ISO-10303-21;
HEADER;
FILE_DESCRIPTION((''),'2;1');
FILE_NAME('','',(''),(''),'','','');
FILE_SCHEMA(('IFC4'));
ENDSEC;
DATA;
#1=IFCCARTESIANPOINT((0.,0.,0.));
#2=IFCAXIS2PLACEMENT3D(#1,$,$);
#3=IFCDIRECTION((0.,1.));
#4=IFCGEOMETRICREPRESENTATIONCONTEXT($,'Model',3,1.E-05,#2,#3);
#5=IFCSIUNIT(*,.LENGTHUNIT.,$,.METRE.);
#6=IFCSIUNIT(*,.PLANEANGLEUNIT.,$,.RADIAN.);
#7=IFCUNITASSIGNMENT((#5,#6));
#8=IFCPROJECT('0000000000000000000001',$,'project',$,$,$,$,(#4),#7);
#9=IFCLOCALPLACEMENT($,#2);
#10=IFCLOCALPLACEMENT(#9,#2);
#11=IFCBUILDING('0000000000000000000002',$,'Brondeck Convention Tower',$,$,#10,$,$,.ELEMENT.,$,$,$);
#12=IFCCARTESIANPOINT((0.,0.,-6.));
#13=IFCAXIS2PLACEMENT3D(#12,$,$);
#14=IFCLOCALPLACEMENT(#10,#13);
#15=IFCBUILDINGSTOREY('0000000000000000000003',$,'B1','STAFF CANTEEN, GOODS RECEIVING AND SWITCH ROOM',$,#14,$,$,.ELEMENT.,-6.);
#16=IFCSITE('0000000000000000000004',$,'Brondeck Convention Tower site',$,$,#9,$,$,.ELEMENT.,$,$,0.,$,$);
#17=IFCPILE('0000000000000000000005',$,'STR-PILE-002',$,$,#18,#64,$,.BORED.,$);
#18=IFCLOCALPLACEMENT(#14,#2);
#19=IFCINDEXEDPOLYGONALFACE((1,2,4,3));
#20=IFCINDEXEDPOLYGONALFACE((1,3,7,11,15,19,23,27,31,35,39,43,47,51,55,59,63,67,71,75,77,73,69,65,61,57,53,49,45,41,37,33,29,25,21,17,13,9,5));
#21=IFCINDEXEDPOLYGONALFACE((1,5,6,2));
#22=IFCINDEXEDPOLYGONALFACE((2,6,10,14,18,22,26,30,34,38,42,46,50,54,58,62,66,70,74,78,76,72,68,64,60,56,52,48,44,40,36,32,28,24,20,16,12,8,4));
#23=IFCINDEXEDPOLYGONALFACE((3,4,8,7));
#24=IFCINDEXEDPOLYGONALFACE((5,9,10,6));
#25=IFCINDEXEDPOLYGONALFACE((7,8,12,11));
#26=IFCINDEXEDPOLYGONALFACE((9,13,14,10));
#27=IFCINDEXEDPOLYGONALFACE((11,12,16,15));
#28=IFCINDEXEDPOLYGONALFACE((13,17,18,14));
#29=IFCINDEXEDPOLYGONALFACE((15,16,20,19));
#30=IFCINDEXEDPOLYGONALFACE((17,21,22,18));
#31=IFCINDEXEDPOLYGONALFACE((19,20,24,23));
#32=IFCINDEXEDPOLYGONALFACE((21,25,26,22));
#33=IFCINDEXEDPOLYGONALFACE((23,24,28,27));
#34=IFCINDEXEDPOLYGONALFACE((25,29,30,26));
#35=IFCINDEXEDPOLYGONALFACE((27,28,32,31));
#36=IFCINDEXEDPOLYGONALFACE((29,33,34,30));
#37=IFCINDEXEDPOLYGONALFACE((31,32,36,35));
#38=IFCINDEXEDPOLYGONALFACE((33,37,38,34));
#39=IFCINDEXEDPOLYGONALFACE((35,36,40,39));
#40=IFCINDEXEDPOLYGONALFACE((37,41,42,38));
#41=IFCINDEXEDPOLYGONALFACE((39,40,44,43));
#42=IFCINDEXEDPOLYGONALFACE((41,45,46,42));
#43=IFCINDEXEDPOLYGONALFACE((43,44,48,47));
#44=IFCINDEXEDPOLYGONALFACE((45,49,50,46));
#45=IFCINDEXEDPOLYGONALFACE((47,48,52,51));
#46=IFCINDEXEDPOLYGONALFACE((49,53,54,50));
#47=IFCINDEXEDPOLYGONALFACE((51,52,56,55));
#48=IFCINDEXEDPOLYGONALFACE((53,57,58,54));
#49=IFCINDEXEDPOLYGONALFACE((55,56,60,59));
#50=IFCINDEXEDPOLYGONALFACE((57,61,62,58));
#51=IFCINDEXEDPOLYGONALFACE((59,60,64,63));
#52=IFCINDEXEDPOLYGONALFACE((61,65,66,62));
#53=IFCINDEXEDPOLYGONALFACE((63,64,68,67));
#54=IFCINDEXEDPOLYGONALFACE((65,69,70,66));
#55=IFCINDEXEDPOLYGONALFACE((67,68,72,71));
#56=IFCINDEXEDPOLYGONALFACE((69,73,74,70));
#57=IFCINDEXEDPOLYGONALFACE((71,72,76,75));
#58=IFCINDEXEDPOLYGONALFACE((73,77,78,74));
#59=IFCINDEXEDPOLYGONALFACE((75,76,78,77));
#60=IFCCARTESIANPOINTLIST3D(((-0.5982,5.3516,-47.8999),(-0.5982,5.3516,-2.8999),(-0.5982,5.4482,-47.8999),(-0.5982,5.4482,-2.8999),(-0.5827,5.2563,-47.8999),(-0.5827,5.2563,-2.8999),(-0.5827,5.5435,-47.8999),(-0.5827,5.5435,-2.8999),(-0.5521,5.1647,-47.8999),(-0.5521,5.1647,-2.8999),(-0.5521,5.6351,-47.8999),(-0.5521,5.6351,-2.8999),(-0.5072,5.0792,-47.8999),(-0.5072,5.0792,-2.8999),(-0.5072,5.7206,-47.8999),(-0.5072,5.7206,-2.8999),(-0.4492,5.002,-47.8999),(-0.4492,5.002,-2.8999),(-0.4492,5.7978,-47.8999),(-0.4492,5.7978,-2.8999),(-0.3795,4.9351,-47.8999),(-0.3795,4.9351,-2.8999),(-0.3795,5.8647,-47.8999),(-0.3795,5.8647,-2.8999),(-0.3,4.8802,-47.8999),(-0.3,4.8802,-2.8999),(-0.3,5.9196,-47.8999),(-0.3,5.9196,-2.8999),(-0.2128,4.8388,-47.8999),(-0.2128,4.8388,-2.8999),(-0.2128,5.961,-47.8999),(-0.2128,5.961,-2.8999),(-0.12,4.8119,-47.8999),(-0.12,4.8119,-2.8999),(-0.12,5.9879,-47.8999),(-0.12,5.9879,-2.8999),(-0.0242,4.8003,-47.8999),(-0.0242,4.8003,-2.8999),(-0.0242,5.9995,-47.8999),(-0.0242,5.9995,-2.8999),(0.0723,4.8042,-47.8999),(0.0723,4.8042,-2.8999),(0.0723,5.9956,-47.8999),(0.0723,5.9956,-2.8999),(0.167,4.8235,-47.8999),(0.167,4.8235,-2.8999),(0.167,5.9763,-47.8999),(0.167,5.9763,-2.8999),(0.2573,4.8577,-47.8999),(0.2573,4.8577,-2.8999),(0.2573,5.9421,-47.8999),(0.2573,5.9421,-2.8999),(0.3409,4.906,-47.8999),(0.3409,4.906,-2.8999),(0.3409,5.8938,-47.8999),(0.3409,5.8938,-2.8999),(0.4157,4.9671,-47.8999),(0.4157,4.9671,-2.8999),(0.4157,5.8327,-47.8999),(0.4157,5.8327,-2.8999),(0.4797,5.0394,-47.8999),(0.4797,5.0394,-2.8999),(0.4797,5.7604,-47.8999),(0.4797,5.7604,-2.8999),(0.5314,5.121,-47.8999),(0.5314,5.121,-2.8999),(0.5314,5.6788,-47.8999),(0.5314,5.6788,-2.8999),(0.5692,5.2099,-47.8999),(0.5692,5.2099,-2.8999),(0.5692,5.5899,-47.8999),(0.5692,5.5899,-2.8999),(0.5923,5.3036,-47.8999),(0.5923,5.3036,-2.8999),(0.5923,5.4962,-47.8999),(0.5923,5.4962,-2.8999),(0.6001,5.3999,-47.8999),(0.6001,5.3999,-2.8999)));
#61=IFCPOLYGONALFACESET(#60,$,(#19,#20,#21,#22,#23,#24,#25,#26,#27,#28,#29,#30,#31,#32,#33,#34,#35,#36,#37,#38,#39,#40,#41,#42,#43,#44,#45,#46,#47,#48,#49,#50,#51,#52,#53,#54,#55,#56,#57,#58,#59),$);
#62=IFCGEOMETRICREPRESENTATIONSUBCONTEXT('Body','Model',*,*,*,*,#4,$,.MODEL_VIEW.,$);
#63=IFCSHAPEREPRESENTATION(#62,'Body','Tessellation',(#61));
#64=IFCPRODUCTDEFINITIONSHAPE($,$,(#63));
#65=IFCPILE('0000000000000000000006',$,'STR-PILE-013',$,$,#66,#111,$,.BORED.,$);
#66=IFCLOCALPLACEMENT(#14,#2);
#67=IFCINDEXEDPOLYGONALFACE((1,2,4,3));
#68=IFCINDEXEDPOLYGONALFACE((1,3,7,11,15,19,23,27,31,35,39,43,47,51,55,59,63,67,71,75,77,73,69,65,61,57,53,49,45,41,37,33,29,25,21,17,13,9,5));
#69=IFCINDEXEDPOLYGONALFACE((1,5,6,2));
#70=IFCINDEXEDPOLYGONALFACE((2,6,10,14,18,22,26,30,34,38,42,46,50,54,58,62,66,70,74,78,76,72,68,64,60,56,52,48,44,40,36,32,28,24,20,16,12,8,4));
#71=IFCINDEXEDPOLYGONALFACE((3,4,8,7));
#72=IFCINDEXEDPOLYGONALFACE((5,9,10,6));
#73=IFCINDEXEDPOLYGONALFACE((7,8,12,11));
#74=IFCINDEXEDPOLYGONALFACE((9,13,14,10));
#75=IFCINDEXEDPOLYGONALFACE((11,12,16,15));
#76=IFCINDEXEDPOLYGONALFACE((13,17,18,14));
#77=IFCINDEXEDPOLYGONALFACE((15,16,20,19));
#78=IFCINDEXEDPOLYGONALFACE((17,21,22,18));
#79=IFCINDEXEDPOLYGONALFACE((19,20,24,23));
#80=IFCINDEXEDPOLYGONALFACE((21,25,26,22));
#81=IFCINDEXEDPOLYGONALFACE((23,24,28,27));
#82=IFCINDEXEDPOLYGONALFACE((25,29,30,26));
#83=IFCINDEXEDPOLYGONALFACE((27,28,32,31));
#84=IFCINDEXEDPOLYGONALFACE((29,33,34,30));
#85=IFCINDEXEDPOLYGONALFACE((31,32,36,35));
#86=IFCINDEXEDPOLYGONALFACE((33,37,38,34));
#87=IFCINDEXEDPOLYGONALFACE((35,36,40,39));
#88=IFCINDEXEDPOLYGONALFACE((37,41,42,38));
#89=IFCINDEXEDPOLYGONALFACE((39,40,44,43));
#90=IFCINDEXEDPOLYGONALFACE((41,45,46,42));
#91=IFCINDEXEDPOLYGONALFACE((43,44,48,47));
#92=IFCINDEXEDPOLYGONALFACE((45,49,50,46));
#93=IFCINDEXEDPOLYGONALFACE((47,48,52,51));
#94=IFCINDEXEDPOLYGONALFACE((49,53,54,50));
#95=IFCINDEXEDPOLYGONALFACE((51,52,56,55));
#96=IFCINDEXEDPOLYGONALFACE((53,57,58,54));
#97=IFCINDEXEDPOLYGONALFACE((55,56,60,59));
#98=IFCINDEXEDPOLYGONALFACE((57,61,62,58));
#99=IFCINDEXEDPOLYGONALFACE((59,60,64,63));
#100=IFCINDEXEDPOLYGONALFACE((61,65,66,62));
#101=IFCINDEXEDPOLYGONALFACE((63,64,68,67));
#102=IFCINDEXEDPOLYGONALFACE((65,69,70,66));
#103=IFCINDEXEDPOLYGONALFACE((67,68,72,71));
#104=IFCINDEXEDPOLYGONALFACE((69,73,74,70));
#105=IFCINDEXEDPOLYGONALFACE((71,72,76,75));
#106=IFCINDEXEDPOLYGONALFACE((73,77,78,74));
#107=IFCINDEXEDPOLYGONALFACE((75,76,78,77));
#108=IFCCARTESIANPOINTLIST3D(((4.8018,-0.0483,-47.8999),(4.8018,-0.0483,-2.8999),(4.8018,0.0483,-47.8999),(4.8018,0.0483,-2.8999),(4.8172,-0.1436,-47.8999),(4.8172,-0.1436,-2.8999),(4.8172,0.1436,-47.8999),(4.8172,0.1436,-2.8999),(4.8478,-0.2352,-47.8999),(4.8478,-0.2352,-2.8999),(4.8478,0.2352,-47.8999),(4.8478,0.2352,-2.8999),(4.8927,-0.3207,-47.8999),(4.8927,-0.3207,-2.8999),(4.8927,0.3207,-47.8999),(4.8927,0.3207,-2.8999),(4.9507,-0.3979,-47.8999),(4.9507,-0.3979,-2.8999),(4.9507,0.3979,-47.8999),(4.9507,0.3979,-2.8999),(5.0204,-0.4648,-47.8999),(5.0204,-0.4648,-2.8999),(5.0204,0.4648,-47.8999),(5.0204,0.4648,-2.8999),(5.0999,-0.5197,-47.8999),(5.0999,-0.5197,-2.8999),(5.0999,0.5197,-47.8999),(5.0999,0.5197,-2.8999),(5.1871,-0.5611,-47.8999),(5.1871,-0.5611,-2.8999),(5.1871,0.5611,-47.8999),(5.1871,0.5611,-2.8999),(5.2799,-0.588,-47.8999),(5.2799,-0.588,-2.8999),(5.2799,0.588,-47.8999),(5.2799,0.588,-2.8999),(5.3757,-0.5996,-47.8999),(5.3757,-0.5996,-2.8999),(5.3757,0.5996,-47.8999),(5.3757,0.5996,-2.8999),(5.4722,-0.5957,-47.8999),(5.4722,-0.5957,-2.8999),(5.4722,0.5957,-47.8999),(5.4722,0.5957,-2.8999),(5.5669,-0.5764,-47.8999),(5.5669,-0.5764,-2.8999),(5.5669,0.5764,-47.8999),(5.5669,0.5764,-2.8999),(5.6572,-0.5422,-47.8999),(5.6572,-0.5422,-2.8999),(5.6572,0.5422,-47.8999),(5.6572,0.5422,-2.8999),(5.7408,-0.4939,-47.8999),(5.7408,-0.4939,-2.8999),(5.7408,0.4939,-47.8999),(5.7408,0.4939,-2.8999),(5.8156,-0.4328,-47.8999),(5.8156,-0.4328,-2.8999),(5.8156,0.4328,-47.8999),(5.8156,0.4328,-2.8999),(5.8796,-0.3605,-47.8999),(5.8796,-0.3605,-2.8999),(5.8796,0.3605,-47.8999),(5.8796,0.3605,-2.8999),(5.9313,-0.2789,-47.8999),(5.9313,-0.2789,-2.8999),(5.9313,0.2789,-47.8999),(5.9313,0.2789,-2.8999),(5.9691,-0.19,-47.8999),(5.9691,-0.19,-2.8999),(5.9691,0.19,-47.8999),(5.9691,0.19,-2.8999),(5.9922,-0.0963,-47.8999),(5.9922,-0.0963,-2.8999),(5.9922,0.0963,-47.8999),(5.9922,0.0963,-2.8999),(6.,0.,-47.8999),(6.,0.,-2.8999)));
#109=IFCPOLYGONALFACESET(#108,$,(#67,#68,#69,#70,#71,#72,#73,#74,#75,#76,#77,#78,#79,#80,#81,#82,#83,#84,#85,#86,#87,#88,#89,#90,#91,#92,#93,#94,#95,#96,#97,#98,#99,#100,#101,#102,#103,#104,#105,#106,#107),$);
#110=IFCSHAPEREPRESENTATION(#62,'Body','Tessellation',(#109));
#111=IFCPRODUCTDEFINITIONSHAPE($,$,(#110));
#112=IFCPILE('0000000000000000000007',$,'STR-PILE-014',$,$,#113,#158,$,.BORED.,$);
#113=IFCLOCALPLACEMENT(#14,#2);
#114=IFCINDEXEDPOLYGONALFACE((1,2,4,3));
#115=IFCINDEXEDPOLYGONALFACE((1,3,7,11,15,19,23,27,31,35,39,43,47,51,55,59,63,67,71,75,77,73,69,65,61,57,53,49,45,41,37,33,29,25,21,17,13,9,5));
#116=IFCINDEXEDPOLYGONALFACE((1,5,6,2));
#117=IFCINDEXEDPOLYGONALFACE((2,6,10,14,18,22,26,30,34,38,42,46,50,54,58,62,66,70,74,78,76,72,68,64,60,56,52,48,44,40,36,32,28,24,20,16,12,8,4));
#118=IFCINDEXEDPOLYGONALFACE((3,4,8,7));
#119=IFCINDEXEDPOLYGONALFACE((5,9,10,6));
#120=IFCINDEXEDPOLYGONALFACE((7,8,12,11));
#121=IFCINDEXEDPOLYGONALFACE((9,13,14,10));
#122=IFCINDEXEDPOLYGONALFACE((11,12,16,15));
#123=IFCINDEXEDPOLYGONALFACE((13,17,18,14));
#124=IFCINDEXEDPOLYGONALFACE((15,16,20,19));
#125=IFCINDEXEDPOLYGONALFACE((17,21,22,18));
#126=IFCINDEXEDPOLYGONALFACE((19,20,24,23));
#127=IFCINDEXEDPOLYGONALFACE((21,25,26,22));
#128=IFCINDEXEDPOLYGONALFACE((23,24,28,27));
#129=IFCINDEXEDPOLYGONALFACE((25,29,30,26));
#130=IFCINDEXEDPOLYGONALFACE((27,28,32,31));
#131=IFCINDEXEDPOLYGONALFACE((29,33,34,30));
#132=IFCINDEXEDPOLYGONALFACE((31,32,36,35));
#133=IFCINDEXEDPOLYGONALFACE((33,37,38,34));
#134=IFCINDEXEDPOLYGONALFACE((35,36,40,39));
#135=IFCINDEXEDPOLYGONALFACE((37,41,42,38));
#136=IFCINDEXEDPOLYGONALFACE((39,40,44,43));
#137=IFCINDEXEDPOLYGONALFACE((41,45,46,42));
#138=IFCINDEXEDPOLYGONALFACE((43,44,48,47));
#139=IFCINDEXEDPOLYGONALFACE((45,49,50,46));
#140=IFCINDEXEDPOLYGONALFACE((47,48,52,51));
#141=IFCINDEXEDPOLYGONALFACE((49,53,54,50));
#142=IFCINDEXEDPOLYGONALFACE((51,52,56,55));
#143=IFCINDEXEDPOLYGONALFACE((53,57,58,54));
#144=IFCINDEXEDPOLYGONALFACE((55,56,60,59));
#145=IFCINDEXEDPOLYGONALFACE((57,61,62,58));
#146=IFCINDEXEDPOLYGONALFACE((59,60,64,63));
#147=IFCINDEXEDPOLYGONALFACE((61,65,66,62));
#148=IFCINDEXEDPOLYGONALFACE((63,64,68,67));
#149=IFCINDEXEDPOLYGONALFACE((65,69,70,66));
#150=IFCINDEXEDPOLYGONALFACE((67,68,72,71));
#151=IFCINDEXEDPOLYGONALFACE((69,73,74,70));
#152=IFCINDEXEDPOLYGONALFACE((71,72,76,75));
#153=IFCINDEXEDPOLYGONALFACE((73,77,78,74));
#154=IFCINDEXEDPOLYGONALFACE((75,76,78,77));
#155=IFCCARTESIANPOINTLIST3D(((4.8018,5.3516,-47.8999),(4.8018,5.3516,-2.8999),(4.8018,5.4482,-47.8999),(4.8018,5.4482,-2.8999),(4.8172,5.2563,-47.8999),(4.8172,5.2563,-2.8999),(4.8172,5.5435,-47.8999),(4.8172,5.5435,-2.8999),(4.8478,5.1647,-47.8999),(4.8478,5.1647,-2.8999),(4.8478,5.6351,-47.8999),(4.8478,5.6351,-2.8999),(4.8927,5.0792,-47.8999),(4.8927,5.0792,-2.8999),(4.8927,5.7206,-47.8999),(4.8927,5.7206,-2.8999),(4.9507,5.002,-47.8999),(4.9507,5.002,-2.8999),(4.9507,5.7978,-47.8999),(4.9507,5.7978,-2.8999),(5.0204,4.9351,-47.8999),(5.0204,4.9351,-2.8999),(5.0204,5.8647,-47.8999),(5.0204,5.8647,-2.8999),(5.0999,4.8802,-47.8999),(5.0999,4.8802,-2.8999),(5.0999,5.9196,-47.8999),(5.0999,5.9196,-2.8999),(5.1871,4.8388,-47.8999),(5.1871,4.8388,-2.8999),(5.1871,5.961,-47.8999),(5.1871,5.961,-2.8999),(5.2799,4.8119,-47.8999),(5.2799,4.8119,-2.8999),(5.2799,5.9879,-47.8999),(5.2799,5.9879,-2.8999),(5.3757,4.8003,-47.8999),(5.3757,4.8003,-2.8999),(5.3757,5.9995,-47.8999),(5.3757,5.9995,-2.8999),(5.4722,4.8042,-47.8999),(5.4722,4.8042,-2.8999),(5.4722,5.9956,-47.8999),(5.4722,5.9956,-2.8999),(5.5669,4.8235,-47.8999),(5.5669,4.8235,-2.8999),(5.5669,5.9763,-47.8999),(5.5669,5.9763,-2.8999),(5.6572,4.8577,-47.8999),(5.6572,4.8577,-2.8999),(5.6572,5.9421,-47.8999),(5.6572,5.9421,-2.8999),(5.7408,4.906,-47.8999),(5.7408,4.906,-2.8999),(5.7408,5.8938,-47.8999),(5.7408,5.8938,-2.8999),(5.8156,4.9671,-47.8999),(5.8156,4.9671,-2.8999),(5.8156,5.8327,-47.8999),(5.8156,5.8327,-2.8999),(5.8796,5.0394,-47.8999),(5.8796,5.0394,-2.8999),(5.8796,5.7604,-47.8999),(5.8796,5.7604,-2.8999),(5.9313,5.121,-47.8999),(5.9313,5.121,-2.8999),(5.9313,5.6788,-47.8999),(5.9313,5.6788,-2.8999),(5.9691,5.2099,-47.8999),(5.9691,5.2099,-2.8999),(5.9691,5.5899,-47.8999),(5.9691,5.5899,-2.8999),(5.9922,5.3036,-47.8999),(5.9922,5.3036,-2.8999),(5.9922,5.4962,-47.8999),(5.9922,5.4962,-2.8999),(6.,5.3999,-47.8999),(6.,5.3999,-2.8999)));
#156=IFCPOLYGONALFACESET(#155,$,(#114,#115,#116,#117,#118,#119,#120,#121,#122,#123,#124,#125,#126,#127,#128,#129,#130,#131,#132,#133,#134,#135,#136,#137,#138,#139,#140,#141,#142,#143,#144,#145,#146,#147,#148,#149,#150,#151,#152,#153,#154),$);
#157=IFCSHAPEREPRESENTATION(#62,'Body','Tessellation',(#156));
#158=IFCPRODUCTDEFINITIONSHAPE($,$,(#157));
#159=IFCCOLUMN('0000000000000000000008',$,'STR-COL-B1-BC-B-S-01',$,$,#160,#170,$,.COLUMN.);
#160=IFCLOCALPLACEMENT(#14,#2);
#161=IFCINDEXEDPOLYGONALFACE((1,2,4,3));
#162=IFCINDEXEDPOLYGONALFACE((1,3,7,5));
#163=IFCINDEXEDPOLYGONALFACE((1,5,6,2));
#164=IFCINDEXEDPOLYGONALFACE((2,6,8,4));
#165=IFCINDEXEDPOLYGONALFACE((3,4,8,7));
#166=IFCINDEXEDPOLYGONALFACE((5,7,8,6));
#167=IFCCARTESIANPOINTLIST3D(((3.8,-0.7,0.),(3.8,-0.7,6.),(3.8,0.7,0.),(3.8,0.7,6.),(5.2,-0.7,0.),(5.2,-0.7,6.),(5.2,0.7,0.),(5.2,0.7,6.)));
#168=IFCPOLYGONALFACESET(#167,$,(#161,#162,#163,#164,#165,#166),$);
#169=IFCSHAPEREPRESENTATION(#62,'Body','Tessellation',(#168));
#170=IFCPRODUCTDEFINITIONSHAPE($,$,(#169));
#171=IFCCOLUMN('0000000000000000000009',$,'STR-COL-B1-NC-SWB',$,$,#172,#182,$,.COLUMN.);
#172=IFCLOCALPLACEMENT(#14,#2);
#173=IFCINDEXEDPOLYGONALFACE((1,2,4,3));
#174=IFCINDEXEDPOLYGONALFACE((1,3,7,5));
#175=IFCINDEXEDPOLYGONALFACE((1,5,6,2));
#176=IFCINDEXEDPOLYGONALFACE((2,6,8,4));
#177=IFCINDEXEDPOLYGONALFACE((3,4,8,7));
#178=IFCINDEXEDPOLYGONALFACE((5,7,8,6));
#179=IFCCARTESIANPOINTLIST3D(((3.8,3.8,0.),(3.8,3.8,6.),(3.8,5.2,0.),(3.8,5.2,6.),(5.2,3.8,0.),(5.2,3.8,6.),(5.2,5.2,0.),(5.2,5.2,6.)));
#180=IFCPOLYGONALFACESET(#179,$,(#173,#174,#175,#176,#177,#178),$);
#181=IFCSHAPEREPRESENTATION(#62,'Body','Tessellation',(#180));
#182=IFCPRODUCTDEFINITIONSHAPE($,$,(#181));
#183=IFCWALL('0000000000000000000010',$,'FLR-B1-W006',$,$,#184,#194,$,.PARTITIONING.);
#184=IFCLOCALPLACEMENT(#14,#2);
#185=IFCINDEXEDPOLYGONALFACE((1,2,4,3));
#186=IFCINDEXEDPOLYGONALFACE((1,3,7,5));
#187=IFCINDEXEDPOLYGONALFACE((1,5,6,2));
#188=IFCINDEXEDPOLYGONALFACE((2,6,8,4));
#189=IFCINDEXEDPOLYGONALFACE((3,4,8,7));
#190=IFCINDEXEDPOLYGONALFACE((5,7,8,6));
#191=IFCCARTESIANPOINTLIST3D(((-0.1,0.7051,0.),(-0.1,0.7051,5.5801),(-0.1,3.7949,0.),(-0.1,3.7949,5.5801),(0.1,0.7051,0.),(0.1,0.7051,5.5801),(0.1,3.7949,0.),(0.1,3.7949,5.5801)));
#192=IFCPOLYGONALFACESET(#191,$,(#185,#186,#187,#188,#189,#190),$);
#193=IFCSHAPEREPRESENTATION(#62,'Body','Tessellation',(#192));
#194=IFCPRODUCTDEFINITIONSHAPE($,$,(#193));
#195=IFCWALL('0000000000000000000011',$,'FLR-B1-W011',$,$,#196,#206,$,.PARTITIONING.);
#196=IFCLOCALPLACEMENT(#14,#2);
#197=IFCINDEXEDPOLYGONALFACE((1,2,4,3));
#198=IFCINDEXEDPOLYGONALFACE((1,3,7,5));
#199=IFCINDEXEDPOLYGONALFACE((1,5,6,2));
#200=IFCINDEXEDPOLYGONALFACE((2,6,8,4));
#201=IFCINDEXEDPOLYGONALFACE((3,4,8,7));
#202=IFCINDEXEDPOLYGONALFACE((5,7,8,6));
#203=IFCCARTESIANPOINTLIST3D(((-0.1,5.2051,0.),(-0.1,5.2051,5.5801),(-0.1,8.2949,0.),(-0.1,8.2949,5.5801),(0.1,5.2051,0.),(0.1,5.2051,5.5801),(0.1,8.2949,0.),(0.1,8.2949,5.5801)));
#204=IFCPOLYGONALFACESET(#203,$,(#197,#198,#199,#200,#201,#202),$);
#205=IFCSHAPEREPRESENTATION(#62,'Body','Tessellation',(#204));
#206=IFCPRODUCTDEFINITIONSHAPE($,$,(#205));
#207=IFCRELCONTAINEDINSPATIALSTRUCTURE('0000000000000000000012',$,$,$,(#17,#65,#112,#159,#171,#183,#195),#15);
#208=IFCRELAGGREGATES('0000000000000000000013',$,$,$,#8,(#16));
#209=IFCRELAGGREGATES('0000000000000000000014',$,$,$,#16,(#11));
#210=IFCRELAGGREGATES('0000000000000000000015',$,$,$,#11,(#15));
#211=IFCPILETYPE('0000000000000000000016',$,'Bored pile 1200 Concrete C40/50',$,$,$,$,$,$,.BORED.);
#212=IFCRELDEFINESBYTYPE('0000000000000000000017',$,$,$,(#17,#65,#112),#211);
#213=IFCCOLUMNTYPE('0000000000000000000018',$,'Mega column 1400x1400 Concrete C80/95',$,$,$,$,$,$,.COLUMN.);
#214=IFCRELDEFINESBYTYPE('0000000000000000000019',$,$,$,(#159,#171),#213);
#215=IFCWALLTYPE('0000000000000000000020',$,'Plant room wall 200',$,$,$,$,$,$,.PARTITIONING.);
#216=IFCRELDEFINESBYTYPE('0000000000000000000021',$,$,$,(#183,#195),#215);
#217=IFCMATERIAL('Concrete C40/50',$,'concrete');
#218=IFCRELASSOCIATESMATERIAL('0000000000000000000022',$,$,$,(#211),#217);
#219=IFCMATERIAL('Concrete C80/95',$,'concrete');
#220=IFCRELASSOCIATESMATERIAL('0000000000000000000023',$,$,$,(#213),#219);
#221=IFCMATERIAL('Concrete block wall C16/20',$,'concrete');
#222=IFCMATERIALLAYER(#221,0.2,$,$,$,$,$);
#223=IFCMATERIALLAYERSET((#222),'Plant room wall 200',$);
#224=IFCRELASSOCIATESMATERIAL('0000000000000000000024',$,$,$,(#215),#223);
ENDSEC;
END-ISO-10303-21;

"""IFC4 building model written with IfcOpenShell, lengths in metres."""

from ifc_helpers import new_model, si_unit, direction, frame, frame_2d, origin, origin_2d, place, context, subcontext, project, spatial, rectangle, circle, extrude, material, layer, layer_set, material_profile, profile_set, type_object, element, save


model = new_model("IFC4")

# Units and contexts
model_context = context("Model", 3, precision=1e-05, world=origin(), true_north=direction((0.0, 1.0)))
body_context = subcontext(model_context, "Body", "Model", "MODEL_VIEW")
ifc_project = project(units=[si_unit("LENGTHUNIT", "METRE"), si_unit("PLANEANGLEUNIT", "RADIAN")], contexts=[model_context])

# Site, building, storey
site_placement = place(None, origin())
site = spatial("IfcSite", under=ifc_project, at=site_placement, Name="Brondeck Convention Tower site", CompositionType="ELEMENT", RefElevation=0.0)
building_placement = place(site_placement, origin())
building = spatial("IfcBuilding", under=site, at=building_placement, Name="Brondeck Convention Tower", CompositionType="ELEMENT")
storey_placement = place(building_placement, frame((0.0, 0.0, -6.0)))
storey = spatial("IfcBuildingStorey", under=building, at=storey_placement, Name="B1", Description="STAFF CANTEEN, GOODS RECEIVING AND SWITCH ROOM", CompositionType="ELEMENT", Elevation=-6.0)

# Piles
ifc_material_1 = material(Name="Concrete C40/50", Category="concrete")
ifc_material_profile_1 = material_profile(ifc_material_1, circle(Radius=0.6001, at=origin_2d()), Name="Bored pile 1200 Concrete C40/50")
ifc_profile_set_1 = profile_set([ifc_material_profile_1], Name="Concrete C40/50")
pile_type = type_object("IfcPileType", Name="Bored pile 1200 Concrete C40/50", PredefinedType="BORED", material=ifc_profile_set_1)
for number, where, z_axis, x_axis, name in (
    (1, (0.0, 5.3999, -2.8999), (0.0, 0.0, -1.0), (1.0, 0.0, 0.0), "STR-PILE-002"),
    (2, (5.3999, 0.0, -2.8999), (0.0, 0.0, -1.0), (1.0, 0.0, 0.0), "STR-PILE-013"),
    (3, (5.3999, 5.3999, -2.8999), (0.0, 0.0, -1.0), (1.0, 0.0, 0.0), "STR-PILE-014"),
):
    element("IfcPile", number, at=place(storey_placement, frame(where, z_axis=z_axis, x_axis=x_axis)), inside=storey, type_object=pile_type, Name=name, PredefinedType="BORED", context=body_context, shape_type="SweptSolid", body=[
        extrude(circle(Radius=0.6001, at=origin_2d()), origin(), (0.0, 0.0, 1.0), 45.0),
    ])

# Columns
ifc_material_2 = material(Name="Concrete C80/95", Category="concrete")
ifc_material_profile_2 = material_profile(ifc_material_2, rectangle(XDim=1.3999, YDim=1.3999, at=origin_2d()), Name="Mega column 1400x1400 Concrete C80/95")
ifc_profile_set_2 = profile_set([ifc_material_profile_2], Name="Concrete C80/95")
column_type = type_object("IfcColumnType", Name="Mega column 1400x1400 Concrete C80/95", PredefinedType="COLUMN", material=ifc_profile_set_2)
for number, where, z_axis, x_axis, name in (
    (4, (4.5, 0.0, 0.0), (0.0, 0.0, 1.0), (1.0, 0.0, 0.0), "STR-COL-B1-BC-B-S-01"),
    (5, (4.5, 4.5, 0.0), (0.0, 0.0, 1.0), (1.0, 0.0, 0.0), "STR-COL-B1-NC-SWB"),
):
    element("IfcColumn", number, at=place(storey_placement, frame(where, z_axis=z_axis, x_axis=x_axis)), inside=storey, type_object=column_type, Name=name, PredefinedType="COLUMN", context=body_context, shape_type="SweptSolid", body=[
        extrude(rectangle(XDim=1.3999, YDim=1.3999, at=origin_2d()), origin(), (0.0, 0.0, 1.0), 6.0),
    ])

# Walls
ifc_material_3 = material(Name="Concrete block wall C16/20", Category="concrete")
ifc_layer_1 = layer(ifc_material_3, 0.2)
ifc_layer_set_1 = layer_set([ifc_layer_1], Name="Plant room wall 200")
wall_type_1 = type_object("IfcWallType", Name="Plant room wall 200", PredefinedType="PARTITIONING", material=ifc_layer_set_1)
for number, where, z_axis, x_axis, name in (
    (6, (0.0, 0.7051, 0.0), (0.0, 0.0, 1.0), (0.0, 1.0, 0.0), "FLR-B1-W006"),
    (7, (0.0, 5.2051, 0.0), (0.0, 0.0, 1.0), (0.0, 1.0, 0.0), "FLR-B1-W011"),
):
    element("IfcWall", number, at=place(storey_placement, frame(where, z_axis=z_axis, x_axis=x_axis)), inside=storey, type_object=wall_type_1, Name=name, PredefinedType="PARTITIONING", context=body_context, shape_type="SweptSolid", body=[
        extrude(rectangle(XDim=3.0898, YDim=0.2, at=frame_2d((1.5449, 0.0))), origin(), (0.0, 0.0, 1.0), 5.5801),
    ])

save(model, "model.ifc")
